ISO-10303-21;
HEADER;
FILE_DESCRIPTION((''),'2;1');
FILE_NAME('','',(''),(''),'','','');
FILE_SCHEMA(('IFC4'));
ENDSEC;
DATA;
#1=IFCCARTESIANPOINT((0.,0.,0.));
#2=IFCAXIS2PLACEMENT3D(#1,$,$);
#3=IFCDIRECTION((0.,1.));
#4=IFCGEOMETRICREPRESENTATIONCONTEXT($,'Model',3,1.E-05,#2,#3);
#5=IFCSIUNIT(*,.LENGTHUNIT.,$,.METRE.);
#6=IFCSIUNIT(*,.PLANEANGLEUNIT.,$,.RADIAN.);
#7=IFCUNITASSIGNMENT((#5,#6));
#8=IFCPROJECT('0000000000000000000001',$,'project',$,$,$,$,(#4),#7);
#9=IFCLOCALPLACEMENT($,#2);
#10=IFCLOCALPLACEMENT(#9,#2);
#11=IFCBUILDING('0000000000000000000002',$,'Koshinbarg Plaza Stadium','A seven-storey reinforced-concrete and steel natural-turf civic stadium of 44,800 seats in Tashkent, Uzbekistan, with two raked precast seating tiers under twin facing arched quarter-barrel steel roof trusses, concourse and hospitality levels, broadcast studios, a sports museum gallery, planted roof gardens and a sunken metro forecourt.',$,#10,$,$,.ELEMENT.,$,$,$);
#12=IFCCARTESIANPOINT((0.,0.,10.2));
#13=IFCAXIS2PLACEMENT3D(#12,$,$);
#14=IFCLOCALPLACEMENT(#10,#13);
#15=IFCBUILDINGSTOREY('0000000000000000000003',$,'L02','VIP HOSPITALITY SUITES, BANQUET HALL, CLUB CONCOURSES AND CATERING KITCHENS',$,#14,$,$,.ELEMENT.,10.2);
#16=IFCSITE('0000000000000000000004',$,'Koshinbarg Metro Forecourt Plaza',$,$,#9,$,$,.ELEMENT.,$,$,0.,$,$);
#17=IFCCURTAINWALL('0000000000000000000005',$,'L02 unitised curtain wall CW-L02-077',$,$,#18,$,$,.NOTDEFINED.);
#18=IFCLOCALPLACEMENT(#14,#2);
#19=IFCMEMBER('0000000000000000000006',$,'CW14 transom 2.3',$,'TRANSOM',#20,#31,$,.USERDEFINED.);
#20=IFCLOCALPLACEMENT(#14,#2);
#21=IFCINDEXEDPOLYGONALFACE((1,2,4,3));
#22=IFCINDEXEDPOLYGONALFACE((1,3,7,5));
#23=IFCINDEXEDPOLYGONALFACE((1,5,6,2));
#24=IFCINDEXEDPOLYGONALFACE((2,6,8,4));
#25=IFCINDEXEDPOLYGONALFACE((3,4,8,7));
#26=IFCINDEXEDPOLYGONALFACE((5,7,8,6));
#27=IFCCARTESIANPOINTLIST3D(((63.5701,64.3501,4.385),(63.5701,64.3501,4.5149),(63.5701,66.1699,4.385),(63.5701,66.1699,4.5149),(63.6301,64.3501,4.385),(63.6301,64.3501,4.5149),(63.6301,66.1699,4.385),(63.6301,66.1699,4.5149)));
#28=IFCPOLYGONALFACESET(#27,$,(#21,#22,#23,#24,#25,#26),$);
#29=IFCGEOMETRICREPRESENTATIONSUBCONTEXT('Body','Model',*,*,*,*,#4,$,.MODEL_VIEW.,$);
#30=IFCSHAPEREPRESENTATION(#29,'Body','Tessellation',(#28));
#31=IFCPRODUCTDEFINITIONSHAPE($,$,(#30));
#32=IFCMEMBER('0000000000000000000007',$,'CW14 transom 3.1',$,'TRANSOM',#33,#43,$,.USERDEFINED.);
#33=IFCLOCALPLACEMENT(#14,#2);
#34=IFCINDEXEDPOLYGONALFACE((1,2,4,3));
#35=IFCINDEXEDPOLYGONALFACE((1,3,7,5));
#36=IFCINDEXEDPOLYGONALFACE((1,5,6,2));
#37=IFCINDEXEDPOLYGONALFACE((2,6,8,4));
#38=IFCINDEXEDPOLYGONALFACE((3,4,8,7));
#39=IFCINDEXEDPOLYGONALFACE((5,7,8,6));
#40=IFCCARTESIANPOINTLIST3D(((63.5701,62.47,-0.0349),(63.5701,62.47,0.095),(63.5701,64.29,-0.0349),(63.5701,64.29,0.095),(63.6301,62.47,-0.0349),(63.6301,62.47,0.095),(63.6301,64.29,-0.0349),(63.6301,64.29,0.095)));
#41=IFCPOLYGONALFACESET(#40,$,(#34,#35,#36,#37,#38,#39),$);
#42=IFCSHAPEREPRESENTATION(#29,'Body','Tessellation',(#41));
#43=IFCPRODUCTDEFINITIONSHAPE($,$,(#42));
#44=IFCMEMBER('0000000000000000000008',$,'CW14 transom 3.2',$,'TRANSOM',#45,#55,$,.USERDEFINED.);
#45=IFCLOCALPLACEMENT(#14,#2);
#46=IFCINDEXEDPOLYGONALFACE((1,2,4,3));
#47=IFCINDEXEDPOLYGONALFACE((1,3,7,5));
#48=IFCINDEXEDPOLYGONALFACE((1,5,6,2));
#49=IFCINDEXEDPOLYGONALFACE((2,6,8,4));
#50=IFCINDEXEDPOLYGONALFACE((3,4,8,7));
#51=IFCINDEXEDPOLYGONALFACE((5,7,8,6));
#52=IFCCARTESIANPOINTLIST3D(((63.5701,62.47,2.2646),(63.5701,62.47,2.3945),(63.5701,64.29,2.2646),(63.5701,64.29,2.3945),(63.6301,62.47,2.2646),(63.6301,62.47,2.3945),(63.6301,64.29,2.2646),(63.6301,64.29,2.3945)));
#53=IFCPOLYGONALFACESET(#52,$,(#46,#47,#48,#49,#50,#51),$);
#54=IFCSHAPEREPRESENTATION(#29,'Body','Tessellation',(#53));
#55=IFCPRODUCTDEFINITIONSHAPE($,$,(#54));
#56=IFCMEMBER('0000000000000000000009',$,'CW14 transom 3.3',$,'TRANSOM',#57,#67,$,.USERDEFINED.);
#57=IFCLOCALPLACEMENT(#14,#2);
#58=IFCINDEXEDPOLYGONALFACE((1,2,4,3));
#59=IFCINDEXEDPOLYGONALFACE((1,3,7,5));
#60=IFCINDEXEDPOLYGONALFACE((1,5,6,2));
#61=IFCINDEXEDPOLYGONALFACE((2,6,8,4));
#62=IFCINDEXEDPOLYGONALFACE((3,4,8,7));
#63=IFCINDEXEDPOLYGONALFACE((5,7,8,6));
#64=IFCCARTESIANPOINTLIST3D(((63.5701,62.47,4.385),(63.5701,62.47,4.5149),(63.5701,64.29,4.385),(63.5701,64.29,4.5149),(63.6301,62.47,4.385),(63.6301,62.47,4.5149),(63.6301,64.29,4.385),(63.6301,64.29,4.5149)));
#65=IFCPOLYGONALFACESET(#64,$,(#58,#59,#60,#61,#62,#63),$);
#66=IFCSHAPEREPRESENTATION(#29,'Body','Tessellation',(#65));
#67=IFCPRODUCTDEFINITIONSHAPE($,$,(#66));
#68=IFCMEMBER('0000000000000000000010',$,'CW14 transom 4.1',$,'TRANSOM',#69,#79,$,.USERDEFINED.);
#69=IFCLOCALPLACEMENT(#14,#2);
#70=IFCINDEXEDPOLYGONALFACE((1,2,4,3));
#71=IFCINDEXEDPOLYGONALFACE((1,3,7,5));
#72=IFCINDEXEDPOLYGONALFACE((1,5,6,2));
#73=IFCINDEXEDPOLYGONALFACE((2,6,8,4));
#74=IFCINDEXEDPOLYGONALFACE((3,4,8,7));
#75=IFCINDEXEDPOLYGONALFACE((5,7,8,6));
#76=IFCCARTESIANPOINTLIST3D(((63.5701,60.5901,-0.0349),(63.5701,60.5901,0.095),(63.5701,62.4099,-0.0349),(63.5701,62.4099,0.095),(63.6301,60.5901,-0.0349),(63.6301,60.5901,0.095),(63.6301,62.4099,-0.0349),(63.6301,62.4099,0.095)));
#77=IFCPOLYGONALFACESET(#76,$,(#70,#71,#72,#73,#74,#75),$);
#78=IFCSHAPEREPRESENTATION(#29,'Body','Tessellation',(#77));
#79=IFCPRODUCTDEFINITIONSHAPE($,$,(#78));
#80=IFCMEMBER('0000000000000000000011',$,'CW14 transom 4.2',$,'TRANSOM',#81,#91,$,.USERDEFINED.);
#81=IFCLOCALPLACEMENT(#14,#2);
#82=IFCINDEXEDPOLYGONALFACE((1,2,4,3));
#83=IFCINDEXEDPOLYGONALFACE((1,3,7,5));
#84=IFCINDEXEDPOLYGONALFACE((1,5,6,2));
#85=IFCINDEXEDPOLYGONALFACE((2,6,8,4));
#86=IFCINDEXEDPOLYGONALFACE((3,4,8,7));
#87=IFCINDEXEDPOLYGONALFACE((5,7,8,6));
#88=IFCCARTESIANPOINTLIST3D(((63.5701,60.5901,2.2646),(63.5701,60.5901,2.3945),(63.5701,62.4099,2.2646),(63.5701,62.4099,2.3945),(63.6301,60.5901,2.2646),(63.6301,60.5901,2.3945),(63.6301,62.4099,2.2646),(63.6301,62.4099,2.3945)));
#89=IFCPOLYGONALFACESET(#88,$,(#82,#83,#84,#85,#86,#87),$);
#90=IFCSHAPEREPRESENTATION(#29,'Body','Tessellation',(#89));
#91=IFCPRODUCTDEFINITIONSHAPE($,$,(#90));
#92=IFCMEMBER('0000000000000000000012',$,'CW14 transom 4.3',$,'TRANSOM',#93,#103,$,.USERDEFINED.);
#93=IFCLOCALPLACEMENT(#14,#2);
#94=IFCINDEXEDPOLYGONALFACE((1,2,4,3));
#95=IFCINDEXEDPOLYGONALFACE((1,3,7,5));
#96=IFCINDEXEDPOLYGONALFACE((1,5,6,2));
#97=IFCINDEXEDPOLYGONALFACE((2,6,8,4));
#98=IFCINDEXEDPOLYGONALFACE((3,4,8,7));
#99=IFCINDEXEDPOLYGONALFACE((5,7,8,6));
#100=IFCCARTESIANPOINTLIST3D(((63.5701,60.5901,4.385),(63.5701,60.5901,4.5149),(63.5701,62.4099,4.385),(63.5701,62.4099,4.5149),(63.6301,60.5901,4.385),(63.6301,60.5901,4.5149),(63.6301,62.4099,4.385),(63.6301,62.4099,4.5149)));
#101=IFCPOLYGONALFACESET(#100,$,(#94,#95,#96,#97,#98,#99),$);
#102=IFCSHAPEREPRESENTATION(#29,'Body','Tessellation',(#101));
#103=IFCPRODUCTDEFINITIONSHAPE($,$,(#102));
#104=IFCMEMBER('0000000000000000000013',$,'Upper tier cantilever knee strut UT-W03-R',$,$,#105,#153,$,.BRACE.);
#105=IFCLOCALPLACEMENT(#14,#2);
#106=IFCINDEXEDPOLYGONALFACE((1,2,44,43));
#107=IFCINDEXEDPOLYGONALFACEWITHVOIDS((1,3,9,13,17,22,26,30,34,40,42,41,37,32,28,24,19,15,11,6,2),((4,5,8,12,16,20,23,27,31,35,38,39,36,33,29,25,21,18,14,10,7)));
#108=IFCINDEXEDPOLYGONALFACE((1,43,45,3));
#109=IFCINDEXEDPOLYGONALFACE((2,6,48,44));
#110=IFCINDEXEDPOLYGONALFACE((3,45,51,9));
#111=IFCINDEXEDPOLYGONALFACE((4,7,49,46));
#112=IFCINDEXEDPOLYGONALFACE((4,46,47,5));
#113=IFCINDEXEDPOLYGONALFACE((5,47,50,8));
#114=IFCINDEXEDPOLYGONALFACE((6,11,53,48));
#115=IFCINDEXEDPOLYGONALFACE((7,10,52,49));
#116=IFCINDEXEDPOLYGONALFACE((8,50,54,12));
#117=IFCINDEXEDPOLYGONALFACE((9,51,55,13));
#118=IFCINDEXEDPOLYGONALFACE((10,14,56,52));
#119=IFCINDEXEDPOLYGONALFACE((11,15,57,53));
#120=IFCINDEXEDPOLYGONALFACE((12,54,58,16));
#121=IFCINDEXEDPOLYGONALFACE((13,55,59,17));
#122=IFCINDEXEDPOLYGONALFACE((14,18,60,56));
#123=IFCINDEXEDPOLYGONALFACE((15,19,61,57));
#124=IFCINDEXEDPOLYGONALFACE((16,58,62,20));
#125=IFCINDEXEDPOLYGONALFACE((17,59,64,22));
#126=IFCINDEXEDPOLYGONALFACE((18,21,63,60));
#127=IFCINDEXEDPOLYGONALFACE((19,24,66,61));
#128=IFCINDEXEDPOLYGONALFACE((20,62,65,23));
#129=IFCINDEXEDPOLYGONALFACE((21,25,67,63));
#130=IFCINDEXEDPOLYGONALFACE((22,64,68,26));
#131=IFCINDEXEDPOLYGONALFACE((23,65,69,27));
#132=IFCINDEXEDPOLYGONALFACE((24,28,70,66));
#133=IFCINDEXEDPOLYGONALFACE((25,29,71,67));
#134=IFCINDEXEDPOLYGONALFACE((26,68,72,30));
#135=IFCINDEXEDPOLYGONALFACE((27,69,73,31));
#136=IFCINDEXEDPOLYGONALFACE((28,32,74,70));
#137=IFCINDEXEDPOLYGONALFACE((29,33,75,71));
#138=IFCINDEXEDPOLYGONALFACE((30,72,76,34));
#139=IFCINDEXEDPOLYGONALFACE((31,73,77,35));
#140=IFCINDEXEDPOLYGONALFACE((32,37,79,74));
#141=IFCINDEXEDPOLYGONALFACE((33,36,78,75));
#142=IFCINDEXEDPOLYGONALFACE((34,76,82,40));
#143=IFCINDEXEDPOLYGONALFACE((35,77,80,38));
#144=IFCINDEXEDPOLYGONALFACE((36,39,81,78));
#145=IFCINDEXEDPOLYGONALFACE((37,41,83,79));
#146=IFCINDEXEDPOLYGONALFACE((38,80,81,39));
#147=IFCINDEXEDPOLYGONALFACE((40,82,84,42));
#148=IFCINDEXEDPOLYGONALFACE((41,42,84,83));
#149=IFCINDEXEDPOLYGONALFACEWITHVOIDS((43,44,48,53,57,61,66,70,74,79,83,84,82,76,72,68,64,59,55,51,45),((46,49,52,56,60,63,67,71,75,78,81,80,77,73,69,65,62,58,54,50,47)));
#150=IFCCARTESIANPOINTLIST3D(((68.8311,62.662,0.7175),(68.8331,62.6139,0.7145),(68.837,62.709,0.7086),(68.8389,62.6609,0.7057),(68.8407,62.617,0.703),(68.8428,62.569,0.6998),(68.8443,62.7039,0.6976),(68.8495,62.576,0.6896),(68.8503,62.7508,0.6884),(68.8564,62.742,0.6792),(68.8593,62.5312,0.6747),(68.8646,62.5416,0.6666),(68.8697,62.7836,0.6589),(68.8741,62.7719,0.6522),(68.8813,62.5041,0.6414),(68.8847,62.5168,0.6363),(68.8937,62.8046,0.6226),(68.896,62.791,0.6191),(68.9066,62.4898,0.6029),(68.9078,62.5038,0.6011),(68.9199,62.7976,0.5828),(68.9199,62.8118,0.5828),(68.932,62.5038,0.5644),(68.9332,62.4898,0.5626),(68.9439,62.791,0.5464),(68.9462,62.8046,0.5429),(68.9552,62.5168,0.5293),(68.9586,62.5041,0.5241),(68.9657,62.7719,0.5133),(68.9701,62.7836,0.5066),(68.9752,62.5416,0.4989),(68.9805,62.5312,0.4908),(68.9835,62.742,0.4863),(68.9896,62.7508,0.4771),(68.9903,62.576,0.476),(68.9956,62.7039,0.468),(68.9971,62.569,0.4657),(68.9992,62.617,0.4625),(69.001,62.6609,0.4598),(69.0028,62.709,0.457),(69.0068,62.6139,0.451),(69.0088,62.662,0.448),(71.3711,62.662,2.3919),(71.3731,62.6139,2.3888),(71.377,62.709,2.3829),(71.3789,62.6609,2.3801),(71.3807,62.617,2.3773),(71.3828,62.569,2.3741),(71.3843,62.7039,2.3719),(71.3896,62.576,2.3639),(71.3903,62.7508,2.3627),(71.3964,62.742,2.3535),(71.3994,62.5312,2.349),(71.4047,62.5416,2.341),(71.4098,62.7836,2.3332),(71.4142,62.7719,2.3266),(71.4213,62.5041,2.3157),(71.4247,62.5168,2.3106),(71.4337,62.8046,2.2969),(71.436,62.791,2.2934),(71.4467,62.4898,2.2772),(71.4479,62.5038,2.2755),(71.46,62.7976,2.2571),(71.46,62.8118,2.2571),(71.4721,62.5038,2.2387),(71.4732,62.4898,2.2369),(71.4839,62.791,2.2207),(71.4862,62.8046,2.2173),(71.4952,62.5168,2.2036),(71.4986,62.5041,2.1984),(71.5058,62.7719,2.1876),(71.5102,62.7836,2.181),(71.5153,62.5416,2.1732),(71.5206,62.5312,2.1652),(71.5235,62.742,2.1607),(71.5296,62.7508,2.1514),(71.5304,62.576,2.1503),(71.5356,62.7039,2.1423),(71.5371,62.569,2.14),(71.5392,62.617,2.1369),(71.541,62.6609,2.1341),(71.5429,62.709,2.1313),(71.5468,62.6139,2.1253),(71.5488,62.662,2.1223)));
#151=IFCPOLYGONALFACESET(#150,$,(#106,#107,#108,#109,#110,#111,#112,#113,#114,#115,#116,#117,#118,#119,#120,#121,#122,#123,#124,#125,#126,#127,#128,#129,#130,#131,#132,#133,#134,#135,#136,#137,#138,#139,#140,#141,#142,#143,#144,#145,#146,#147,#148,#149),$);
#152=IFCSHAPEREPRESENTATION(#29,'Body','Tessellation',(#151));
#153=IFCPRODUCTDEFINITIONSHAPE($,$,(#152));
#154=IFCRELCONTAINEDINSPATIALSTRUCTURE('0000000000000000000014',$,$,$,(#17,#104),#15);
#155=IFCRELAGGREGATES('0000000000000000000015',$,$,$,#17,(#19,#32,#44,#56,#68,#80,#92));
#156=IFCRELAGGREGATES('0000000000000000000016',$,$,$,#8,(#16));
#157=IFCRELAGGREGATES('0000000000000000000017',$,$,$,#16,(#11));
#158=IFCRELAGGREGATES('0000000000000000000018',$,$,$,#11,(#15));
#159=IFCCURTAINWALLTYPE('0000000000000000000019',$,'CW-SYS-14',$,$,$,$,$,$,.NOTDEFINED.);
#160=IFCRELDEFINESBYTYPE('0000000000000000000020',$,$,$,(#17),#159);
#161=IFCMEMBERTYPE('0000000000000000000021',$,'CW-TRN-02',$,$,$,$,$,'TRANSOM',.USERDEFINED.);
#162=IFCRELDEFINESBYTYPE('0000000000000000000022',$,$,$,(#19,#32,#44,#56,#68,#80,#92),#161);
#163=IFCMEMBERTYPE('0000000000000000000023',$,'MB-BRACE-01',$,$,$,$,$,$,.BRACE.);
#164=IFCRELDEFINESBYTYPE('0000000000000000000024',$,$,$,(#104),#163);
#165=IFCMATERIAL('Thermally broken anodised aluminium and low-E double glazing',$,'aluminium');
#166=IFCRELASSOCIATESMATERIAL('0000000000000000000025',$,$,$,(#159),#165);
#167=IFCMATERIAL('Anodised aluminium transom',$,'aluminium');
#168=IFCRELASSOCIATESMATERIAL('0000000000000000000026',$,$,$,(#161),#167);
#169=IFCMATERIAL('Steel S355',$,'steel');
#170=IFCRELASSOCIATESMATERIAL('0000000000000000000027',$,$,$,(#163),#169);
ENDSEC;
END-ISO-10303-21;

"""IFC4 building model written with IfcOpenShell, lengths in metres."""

from ifc_helpers import new_model, si_unit, direction, frame, origin, origin_2d, place, context, subcontext, project, spatial, rectangle, hollow_circle, extrude, material, material_profile, profile_set, type_object, element, aggregate, save


model = new_model("IFC4")

# Units and contexts
model_context = context("Model", 3, precision=1e-05, world=origin(), true_north=direction((0.0, 1.0)))
body_context = subcontext(model_context, "Body", "Model", "MODEL_VIEW")
ifc_project = project(units=[si_unit("LENGTHUNIT", "METRE"), si_unit("PLANEANGLEUNIT", "RADIAN")], contexts=[model_context])

# Site, building, storey
site_placement = place(None, origin())
site = spatial("IfcSite", under=ifc_project, at=site_placement, Name="Koshinbarg Metro Forecourt Plaza", CompositionType="ELEMENT", RefElevation=0.0)
building_placement = place(site_placement, origin())
building = spatial("IfcBuilding", under=site, at=building_placement, Name="Koshinbarg Plaza Stadium", Description="A seven-storey reinforced-concrete and steel natural-turf civic stadium of 44,800 seats in Tashkent, Uzbekistan, with two raked precast seating tiers under twin facing arched quarter-barrel steel roof trusses, concourse and hospitality levels, broadcast studios, a sports museum gallery, planted roof gardens and a sunken metro forecourt.", CompositionType="ELEMENT")
storey_placement = place(building_placement, frame((0.0, 0.0, 10.2)))
storey = spatial("IfcBuildingStorey", under=building, at=storey_placement, Name="L02", Description="VIP HOSPITALITY SUITES, BANQUET HALL, CLUB CONCOURSES AND CATERING KITCHENS", CompositionType="ELEMENT", Elevation=10.2)

# Curtain wall, members
ifc_material_1 = material(Name="Thermally broken anodised aluminium and low-E double glazing", Category="aluminium")
curtain_wall_type = type_object("IfcCurtainWallType", Name="CW-SYS-14", PredefinedType="NOTDEFINED", material=ifc_material_1)
curtain_wall_placement = place(storey_placement, origin())
curtain_wall = element("IfcCurtainWall", 1, at=curtain_wall_placement, inside=storey, type_object=curtain_wall_type, Name="L02 unitised curtain wall CW-L02-077", PredefinedType="NOTDEFINED")
ifc_material_2 = material(Name="Anodised aluminium transom", Category="aluminium")
ifc_material_profile_1 = material_profile(ifc_material_2, rectangle(XDim=0.0601, YDim=0.1299, at=origin_2d()), Name="ALU 60x130")
ifc_profile_set_1 = profile_set([ifc_material_profile_1], Name="Anodised aluminium transom")
member_type_1 = type_object("IfcMemberType", Name="CW-TRN-02", ElementType="TRANSOM", PredefinedType="USERDEFINED", material=ifc_profile_set_1)
member_1_placement = place(storey_placement, frame((63.6001, 66.1699, 4.45), z_axis=(0.0, -1.0, 0.0), x_axis=(1.0, 0.0, 0.0)))
member_1 = element("IfcMember", 2, at=member_1_placement, type_object=member_type_1, Name="CW14 transom 2.3", ObjectType="TRANSOM", PredefinedType="USERDEFINED", context=body_context, shape_type="SweptSolid", body=[
    extrude(rectangle(XDim=0.0601, YDim=0.1299, at=origin_2d()), origin(), (0.0, 0.0, 1.0), 1.8198),
])
member_2_placement = place(storey_placement, frame((63.6001, 64.29, 0.03), z_axis=(0.0, -1.0, 0.0), x_axis=(1.0, 0.0, 0.0)))
member_2 = element("IfcMember", 3, at=member_2_placement, type_object=member_type_1, Name="CW14 transom 3.1", ObjectType="TRANSOM", PredefinedType="USERDEFINED", context=body_context, shape_type="SweptSolid", body=[
    extrude(rectangle(XDim=0.0601, YDim=0.1299, at=origin_2d()), origin(), (0.0, 0.0, 1.0), 1.8201),
])
member_3_placement = place(storey_placement, frame((63.6001, 64.29, 2.3296), z_axis=(0.0, -1.0, 0.0), x_axis=(1.0, 0.0, 0.0)))
member_3 = element("IfcMember", 4, at=member_3_placement, type_object=member_type_1, Name="CW14 transom 3.2", ObjectType="TRANSOM", PredefinedType="USERDEFINED", context=body_context, shape_type="SweptSolid", body=[
    extrude(rectangle(XDim=0.0601, YDim=0.1299, at=origin_2d()), origin(), (0.0, 0.0, 1.0), 1.8201),
])
member_4_placement = place(storey_placement, frame((63.6001, 64.29, 4.45), z_axis=(0.0, -1.0, 0.0), x_axis=(1.0, 0.0, 0.0)))
member_4 = element("IfcMember", 5, at=member_4_placement, type_object=member_type_1, Name="CW14 transom 3.3", ObjectType="TRANSOM", PredefinedType="USERDEFINED", context=body_context, shape_type="SweptSolid", body=[
    extrude(rectangle(XDim=0.0601, YDim=0.1299, at=origin_2d()), origin(), (0.0, 0.0, 1.0), 1.8201),
])
member_5_placement = place(storey_placement, frame((63.6001, 62.4099, 0.03), z_axis=(0.0, -1.0, 0.0), x_axis=(1.0, 0.0, 0.0)))
member_5 = element("IfcMember", 6, at=member_5_placement, type_object=member_type_1, Name="CW14 transom 4.1", ObjectType="TRANSOM", PredefinedType="USERDEFINED", context=body_context, shape_type="SweptSolid", body=[
    extrude(rectangle(XDim=0.0601, YDim=0.1299, at=origin_2d()), origin(), (0.0, 0.0, 1.0), 1.8198),
])
member_6_placement = place(storey_placement, frame((63.6001, 62.4099, 2.3296), z_axis=(0.0, -1.0, 0.0), x_axis=(1.0, 0.0, 0.0)))
member_6 = element("IfcMember", 7, at=member_6_placement, type_object=member_type_1, Name="CW14 transom 4.2", ObjectType="TRANSOM", PredefinedType="USERDEFINED", context=body_context, shape_type="SweptSolid", body=[
    extrude(rectangle(XDim=0.0601, YDim=0.1299, at=origin_2d()), origin(), (0.0, 0.0, 1.0), 1.8198),
])
member_7_placement = place(storey_placement, frame((63.6001, 62.4099, 4.45), z_axis=(0.0, -1.0, 0.0), x_axis=(1.0, 0.0, 0.0)))
member_7 = element("IfcMember", 8, at=member_7_placement, type_object=member_type_1, Name="CW14 transom 4.3", ObjectType="TRANSOM", PredefinedType="USERDEFINED", context=body_context, shape_type="SweptSolid", body=[
    extrude(rectangle(XDim=0.0601, YDim=0.1299, at=origin_2d()), origin(), (0.0, 0.0, 1.0), 1.8198),
])

# Member
ifc_material_3 = material(Name="Steel S355", Category="steel")
ifc_material_profile_2 = material_profile(ifc_material_3, hollow_circle(Radius=0.1619, WallThickness=0.0142, at=origin_2d()), Name="CHS 323.9x14.2")
ifc_profile_set_2 = profile_set([ifc_material_profile_2], Name="Steel S355")
member_type_2 = type_object("IfcMemberType", Name="MB-BRACE-01", PredefinedType="BRACE", material=ifc_profile_set_2)
member_8_placement = place(storey_placement, frame((68.9199, 62.6499, 0.5828), z_axis=(0.834928, 0.0, 0.550359), x_axis=(0.0, 1.0, 0.0)))
element("IfcMember", 9, at=member_8_placement, inside=storey, type_object=member_type_2, Name="Upper tier cantilever knee strut UT-W03-R", PredefinedType="BRACE", context=body_context, shape_type="SweptSolid", body=[
    extrude(hollow_circle(Radius=0.1619, WallThickness=0.0142, at=origin_2d()), origin(), (0.0, 0.0, 1.0), 3.0422),
])

aggregate(curtain_wall, [member_1, member_2, member_3, member_4, member_5, member_6, member_7])

save(model, "model.ifc")
